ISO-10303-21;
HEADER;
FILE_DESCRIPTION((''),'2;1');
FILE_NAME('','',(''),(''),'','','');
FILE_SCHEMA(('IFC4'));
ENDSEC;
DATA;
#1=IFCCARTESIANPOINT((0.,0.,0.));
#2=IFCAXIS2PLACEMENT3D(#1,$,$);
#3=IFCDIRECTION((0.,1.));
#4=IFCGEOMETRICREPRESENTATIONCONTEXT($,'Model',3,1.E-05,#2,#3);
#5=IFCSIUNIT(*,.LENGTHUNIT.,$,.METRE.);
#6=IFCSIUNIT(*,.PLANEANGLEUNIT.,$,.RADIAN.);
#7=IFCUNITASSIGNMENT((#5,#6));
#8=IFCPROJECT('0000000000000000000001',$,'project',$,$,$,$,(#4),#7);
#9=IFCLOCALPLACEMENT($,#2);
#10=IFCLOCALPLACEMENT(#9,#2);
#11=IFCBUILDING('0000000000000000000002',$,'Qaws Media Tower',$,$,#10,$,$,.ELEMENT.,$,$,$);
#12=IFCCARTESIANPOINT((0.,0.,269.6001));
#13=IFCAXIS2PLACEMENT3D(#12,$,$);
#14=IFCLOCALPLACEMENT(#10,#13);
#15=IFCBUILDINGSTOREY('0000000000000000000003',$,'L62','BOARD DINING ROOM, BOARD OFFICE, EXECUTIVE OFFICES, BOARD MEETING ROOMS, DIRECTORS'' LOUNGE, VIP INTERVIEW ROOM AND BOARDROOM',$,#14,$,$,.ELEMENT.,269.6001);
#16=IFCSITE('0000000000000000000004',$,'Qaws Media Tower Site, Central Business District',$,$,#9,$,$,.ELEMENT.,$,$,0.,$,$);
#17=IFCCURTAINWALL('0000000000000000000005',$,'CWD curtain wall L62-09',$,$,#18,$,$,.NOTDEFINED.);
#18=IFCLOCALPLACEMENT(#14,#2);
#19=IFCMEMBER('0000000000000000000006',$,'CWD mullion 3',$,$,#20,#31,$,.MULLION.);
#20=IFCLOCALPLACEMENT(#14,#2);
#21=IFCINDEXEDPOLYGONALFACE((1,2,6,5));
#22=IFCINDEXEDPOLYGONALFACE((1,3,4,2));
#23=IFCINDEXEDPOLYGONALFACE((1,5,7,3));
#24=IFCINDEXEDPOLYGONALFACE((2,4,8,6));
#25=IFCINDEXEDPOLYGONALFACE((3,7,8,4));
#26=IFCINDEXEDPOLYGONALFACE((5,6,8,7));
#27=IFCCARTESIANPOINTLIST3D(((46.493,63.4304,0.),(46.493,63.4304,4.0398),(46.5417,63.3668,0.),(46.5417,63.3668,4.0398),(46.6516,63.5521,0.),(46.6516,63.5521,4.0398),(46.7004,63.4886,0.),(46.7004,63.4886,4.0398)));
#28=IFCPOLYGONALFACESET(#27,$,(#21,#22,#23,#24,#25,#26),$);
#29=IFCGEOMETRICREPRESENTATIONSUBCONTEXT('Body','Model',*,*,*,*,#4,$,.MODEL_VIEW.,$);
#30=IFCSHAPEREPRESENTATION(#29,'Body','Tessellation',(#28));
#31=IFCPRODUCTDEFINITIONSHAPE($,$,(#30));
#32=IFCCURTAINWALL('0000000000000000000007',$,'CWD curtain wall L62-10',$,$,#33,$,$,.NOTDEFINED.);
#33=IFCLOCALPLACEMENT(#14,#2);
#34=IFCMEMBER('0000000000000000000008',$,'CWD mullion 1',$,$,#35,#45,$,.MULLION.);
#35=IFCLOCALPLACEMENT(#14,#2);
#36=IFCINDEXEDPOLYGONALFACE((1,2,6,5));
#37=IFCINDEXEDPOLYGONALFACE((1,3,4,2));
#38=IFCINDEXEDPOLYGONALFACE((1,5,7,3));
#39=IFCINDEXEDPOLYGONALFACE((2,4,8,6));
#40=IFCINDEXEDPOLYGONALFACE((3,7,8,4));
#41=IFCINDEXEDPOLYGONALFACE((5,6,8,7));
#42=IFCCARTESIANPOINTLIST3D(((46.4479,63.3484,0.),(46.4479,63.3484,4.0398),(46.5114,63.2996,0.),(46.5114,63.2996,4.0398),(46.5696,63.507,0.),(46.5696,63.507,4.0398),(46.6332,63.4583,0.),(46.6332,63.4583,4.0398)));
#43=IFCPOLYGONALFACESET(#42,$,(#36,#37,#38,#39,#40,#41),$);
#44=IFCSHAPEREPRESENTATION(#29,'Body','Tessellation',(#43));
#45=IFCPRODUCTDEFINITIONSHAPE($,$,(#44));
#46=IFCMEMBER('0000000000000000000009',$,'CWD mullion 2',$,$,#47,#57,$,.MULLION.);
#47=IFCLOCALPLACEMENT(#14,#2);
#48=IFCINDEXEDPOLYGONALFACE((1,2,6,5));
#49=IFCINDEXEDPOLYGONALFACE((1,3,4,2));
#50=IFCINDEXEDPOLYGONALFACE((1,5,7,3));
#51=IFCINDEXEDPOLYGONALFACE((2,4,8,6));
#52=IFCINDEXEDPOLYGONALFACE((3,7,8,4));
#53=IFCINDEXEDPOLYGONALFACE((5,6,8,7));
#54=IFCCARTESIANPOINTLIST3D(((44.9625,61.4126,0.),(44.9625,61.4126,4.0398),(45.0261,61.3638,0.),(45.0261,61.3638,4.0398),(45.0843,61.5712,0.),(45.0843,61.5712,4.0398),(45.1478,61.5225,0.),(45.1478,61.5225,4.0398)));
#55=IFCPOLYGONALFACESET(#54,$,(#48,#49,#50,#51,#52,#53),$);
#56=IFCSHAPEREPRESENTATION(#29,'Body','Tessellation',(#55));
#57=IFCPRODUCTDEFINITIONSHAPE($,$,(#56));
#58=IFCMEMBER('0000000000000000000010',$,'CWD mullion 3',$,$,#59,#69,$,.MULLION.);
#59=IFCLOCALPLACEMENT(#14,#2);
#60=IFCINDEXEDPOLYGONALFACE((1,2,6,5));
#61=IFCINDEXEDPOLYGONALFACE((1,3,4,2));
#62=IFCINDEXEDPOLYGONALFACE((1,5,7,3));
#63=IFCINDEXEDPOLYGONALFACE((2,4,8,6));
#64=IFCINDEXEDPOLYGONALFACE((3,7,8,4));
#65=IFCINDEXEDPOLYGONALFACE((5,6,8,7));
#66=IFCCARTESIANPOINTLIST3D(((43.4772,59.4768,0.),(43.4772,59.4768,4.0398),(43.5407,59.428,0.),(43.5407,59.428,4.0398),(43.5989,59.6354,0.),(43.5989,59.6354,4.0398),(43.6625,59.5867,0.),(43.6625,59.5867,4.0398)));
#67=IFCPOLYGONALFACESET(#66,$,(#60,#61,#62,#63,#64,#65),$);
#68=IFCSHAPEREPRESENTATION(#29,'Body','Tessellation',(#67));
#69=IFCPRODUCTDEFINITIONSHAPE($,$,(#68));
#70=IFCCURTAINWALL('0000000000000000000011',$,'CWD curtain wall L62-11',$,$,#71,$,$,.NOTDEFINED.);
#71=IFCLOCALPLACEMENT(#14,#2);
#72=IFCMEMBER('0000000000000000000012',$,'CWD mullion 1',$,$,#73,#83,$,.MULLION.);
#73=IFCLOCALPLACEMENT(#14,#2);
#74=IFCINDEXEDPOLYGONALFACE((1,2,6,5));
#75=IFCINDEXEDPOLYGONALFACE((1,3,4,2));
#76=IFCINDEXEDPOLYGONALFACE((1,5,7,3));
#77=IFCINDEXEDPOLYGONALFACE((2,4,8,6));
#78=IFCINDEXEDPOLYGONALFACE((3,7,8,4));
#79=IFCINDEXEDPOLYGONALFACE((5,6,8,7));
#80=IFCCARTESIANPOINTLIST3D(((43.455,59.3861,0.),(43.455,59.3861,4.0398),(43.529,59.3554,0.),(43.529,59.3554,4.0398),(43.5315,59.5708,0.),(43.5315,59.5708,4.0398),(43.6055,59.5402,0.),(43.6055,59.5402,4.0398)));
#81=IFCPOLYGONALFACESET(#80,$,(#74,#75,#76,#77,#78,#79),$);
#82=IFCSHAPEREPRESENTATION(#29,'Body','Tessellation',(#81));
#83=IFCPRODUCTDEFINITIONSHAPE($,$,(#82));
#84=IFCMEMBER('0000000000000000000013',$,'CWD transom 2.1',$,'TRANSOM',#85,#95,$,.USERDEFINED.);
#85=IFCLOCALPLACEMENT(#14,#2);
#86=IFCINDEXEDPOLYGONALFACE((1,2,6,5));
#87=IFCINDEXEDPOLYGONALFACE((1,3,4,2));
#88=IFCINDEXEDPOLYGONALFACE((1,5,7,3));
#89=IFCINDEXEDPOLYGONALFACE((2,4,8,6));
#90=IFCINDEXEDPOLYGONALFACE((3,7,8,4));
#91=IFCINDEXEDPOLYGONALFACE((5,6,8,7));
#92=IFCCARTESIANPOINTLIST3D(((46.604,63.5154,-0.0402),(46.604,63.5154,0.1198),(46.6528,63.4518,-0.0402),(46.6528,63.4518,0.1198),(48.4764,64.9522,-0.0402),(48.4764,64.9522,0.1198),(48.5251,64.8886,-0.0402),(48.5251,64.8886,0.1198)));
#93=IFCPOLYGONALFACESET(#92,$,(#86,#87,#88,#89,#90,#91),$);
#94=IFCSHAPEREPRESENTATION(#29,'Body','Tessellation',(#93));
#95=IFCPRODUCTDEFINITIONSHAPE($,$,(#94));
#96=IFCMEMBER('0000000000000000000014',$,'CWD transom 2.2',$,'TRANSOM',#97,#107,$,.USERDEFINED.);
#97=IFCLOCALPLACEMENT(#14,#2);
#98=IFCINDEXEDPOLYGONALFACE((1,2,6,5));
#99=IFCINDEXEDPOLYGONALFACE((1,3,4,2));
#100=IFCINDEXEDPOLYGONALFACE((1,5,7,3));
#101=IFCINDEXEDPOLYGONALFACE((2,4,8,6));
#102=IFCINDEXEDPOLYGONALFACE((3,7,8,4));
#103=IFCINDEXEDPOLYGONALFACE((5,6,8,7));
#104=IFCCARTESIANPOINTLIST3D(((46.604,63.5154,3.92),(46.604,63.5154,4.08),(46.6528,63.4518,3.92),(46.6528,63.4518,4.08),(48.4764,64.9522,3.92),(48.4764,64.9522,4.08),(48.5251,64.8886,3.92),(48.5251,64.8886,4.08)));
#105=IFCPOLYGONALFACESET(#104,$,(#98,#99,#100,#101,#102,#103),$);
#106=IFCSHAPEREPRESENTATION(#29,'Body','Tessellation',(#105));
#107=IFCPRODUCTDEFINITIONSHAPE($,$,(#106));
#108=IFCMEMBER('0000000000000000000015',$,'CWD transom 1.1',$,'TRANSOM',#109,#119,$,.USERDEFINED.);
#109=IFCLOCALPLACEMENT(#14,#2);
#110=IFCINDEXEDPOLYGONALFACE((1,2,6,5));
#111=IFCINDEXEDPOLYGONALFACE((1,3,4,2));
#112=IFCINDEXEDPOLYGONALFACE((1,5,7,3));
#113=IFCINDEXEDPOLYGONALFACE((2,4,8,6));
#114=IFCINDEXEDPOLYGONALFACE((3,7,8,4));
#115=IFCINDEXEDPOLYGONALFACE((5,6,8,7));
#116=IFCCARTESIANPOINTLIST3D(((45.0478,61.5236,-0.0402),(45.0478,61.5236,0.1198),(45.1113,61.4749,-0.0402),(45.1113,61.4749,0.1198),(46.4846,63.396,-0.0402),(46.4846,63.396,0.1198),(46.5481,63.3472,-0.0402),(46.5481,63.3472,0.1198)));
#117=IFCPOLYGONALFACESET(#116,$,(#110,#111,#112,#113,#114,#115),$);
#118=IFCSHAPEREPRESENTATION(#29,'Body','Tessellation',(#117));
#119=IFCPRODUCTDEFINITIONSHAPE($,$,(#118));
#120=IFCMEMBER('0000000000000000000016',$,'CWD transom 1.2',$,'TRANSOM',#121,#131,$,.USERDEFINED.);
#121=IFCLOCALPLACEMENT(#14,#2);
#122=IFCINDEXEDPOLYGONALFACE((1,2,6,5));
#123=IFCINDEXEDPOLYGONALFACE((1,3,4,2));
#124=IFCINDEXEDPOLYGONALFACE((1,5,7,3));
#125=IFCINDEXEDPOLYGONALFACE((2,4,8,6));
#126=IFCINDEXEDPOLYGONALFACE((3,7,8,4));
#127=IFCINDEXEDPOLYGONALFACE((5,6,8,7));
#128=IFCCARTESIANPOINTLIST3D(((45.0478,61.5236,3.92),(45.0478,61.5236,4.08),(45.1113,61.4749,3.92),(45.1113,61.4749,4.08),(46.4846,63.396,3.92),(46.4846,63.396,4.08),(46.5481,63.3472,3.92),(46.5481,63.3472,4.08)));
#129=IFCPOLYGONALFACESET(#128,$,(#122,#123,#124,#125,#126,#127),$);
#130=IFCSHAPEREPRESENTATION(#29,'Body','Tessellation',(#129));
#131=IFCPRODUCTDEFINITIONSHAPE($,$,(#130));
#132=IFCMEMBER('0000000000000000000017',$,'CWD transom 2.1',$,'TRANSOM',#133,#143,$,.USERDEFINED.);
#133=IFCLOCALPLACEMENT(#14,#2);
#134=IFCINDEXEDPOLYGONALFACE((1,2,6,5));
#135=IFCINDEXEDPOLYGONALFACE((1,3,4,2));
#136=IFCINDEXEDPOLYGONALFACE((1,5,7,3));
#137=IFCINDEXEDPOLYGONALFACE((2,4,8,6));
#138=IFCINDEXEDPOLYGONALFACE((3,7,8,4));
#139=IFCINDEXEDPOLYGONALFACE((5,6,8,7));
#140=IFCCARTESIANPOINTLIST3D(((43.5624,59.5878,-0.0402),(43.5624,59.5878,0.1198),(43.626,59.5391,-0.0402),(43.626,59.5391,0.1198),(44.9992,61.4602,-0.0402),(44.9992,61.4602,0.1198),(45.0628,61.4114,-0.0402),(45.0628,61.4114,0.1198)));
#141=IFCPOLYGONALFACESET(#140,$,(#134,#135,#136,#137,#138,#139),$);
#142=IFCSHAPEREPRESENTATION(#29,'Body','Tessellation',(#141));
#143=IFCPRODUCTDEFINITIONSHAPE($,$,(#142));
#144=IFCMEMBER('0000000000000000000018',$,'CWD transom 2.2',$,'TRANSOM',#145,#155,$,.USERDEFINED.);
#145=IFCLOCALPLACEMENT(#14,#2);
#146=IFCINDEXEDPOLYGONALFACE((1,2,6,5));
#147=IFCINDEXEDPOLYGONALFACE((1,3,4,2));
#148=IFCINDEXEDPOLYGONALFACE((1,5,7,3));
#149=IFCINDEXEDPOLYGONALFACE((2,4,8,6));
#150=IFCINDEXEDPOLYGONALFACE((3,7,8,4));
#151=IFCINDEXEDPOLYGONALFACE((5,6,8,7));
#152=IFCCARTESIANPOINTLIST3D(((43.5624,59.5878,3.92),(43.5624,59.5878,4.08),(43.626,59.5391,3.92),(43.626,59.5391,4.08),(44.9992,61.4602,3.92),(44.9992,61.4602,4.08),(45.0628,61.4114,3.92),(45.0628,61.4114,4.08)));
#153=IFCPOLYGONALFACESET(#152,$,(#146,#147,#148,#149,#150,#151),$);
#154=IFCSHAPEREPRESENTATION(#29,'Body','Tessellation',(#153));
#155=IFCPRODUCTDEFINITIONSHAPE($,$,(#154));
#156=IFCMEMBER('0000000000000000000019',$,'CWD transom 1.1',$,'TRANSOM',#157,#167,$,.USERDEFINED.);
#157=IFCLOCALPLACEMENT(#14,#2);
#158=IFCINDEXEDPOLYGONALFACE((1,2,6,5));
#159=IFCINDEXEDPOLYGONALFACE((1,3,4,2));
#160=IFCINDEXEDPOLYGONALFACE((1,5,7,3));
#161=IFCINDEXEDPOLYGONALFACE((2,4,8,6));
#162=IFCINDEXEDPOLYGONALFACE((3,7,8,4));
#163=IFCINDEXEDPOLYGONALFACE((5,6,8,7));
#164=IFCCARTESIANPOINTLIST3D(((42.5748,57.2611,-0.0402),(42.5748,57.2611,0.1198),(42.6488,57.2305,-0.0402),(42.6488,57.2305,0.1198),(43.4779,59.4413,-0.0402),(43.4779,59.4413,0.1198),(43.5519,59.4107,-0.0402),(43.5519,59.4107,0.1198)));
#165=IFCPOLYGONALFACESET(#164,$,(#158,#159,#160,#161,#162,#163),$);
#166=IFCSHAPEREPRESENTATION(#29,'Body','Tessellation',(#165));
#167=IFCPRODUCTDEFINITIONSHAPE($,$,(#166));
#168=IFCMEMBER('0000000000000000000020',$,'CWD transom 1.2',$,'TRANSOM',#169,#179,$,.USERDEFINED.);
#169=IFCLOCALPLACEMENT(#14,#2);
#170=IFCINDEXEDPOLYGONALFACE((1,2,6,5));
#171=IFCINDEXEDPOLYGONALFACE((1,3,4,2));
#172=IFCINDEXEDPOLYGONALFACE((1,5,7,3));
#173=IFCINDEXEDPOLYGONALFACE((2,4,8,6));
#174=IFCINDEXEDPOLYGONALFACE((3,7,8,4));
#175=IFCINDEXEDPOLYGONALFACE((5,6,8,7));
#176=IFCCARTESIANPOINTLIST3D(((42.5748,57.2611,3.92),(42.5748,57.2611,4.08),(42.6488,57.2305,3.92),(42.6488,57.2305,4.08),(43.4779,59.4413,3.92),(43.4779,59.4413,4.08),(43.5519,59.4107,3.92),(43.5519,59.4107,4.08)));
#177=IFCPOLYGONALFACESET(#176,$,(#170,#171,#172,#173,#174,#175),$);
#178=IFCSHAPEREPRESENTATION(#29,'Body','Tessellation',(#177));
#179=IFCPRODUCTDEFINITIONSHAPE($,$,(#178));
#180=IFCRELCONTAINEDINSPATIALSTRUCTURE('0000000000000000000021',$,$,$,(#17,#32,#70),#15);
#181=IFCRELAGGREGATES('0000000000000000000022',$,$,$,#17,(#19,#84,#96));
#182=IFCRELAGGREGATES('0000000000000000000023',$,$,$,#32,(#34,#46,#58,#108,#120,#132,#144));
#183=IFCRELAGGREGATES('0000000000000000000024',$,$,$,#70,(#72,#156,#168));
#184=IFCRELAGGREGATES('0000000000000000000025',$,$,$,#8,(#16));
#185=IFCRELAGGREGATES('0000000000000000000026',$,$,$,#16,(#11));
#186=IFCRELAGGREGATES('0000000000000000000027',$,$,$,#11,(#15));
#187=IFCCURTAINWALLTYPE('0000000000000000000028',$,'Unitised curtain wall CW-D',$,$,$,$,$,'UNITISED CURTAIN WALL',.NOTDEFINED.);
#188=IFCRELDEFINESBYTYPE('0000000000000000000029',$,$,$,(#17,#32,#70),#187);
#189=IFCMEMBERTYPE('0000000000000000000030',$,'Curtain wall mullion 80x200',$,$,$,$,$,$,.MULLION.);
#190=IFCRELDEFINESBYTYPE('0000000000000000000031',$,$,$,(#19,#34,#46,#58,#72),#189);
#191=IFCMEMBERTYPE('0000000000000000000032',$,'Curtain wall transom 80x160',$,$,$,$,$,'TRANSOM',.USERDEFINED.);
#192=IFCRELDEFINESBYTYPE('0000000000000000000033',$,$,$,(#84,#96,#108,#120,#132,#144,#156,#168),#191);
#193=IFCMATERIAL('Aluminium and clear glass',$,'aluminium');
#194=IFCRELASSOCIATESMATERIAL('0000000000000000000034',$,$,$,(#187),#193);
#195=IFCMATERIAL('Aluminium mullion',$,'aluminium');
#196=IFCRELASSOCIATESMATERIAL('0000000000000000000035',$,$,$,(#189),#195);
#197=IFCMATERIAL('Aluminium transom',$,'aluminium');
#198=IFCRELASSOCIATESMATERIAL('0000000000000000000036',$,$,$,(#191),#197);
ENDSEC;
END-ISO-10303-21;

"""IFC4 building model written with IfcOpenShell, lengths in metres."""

from ifc_helpers import new_model, si_unit, direction, frame, origin, origin_2d, place, context, subcontext, project, spatial, rectangle, extrude, material, material_profile, profile_set, type_object, element, aggregate, save


model = new_model("IFC4")

# Units and contexts
model_context = context("Model", 3, precision=1e-05, world=origin(), true_north=direction((0.0, 1.0)))
body_context = subcontext(model_context, "Body", "Model", "MODEL_VIEW")
ifc_project = project(units=[si_unit("LENGTHUNIT", "METRE"), si_unit("PLANEANGLEUNIT", "RADIAN")], contexts=[model_context])

# Site, building, storey
site_placement = place(None, origin())
site = spatial("IfcSite", under=ifc_project, at=site_placement, Name="Qaws Media Tower Site, Central Business District", CompositionType="ELEMENT", RefElevation=0.0)
building_placement = place(site_placement, origin())
building = spatial("IfcBuilding", under=site, at=building_placement, Name="Qaws Media Tower", CompositionType="ELEMENT")
storey_placement = place(building_placement, frame((0.0, 0.0, 269.6001)))
storey = spatial("IfcBuildingStorey", under=building, at=storey_placement, Name="L62", Description="BOARD DINING ROOM, BOARD OFFICE, EXECUTIVE OFFICES, BOARD MEETING ROOMS, DIRECTORS' LOUNGE, VIP INTERVIEW ROOM AND BOARDROOM", CompositionType="ELEMENT", Elevation=269.6001)

# Curtain wall, member
ifc_material_1 = material(Name="Aluminium and clear glass", Category="aluminium")
curtain_wall_type = type_object("IfcCurtainWallType", Name="Unitised curtain wall CW-D", ElementType="UNITISED CURTAIN WALL", PredefinedType="NOTDEFINED", material=ifc_material_1)
curtain_wall_1_placement = place(storey_placement, origin())
curtain_wall_1 = element("IfcCurtainWall", 1, at=curtain_wall_1_placement, inside=storey, type_object=curtain_wall_type, Name="CWD curtain wall L62-09", PredefinedType="NOTDEFINED")
ifc_material_2 = material(Name="Aluminium mullion", Category="aluminium")
ifc_material_profile_1 = material_profile(ifc_material_2, rectangle(XDim=0.0801, YDim=0.2, at=origin_2d()), Name="80x200")
ifc_profile_set_1 = profile_set([ifc_material_profile_1], Name="Aluminium mullion")
member_type_1 = type_object("IfcMemberType", Name="Curtain wall mullion 80x200", PredefinedType="MULLION", material=ifc_profile_set_1)
member_1_placement = place(storey_placement, frame((46.5967, 63.4595, 0.0), z_axis=(0.0, 0.0, 1.0), x_axis=(0.608761, -0.793353, 0.0)))
member_1 = element("IfcMember", 2, at=member_1_placement, type_object=member_type_1, Name="CWD mullion 3", PredefinedType="MULLION", context=body_context, shape_type="SweptSolid", body=[
    extrude(rectangle(XDim=0.0801, YDim=0.2, at=origin_2d()), origin(), (0.0, 0.0, 1.0), 4.0398),
])

# Curtain wall, members
curtain_wall_2_placement = place(storey_placement, origin())
curtain_wall_2 = element("IfcCurtainWall", 3, at=curtain_wall_2_placement, inside=storey, type_object=curtain_wall_type, Name="CWD curtain wall L62-10", PredefinedType="NOTDEFINED")
member_2_placement = place(storey_placement, frame((46.5405, 63.4033, 0.0), z_axis=(0.0, 0.0, 1.0), x_axis=(0.793353, -0.608761, 0.0)))
member_2 = element("IfcMember", 4, at=member_2_placement, type_object=member_type_1, Name="CWD mullion 1", PredefinedType="MULLION", context=body_context, shape_type="SweptSolid", body=[
    extrude(rectangle(XDim=0.0801, YDim=0.2, at=origin_2d()), origin(), (0.0, 0.0, 1.0), 4.0398),
])
member_3_placement = place(storey_placement, frame((45.0552, 61.4675, 0.0), z_axis=(0.0, 0.0, 1.0), x_axis=(0.793353, -0.608761, 0.0)))
member_3 = element("IfcMember", 5, at=member_3_placement, type_object=member_type_1, Name="CWD mullion 2", PredefinedType="MULLION", context=body_context, shape_type="SweptSolid", body=[
    extrude(rectangle(XDim=0.0801, YDim=0.2, at=origin_2d()), origin(), (0.0, 0.0, 1.0), 4.0398),
])
member_4_placement = place(storey_placement, frame((43.5698, 59.5317, 0.0), z_axis=(0.0, 0.0, 1.0), x_axis=(0.793353, -0.608761, 0.0)))
member_4 = element("IfcMember", 6, at=member_4_placement, type_object=member_type_1, Name="CWD mullion 3", PredefinedType="MULLION", context=body_context, shape_type="SweptSolid", body=[
    extrude(rectangle(XDim=0.0801, YDim=0.2, at=origin_2d()), origin(), (0.0, 0.0, 1.0), 4.0398),
])

# Curtain wall, member
curtain_wall_3_placement = place(storey_placement, origin())
curtain_wall_3 = element("IfcCurtainWall", 7, at=curtain_wall_3_placement, inside=storey, type_object=curtain_wall_type, Name="CWD curtain wall L62-11", PredefinedType="NOTDEFINED")
member_5_placement = place(storey_placement, frame((43.5303, 59.4631, 0.0), z_axis=(0.0, 0.0, 1.0), x_axis=(0.92388, -0.382683, 0.0)))
member_5 = element("IfcMember", 8, at=member_5_placement, type_object=member_type_1, Name="CWD mullion 1", PredefinedType="MULLION", context=body_context, shape_type="SweptSolid", body=[
    extrude(rectangle(XDim=0.0801, YDim=0.2, at=origin_2d()), origin(), (0.0, 0.0, 1.0), 4.0398),
])

# Members
ifc_material_3 = material(Name="Aluminium transom", Category="aluminium")
ifc_material_profile_2 = material_profile(ifc_material_3, rectangle(XDim=0.0801, YDim=0.1599, at=origin_2d()), Name="80x160")
ifc_profile_set_2 = profile_set([ifc_material_profile_2], Name="Aluminium transom")
member_type_2 = type_object("IfcMemberType", Name="Curtain wall transom 80x160", ElementType="TRANSOM", PredefinedType="USERDEFINED", material=ifc_profile_set_2)
member_6_placement = place(storey_placement, frame((48.5007, 64.9204, 0.0398), z_axis=(-0.793335, -0.608785, 0.0), x_axis=(0.608785, -0.793335, 0.0)))
member_6 = element("IfcMember", 9, at=member_6_placement, type_object=member_type_2, Name="CWD transom 2.1", ObjectType="TRANSOM", PredefinedType="USERDEFINED", context=body_context, shape_type="SweptSolid", body=[
    extrude(rectangle(XDim=0.0801, YDim=0.1599, at=origin_2d()), origin(), (0.0, 0.0, 1.0), 2.3601),
])
member_7_placement = place(storey_placement, frame((48.5007, 64.9204, 4.0), z_axis=(-0.793335, -0.608785, 0.0), x_axis=(0.608785, -0.793335, 0.0)))
member_7 = element("IfcMember", 10, at=member_7_placement, type_object=member_type_2, Name="CWD transom 2.2", ObjectType="TRANSOM", PredefinedType="USERDEFINED", context=body_context, shape_type="SweptSolid", body=[
    extrude(rectangle(XDim=0.0801, YDim=0.1599, at=origin_2d()), origin(), (0.0, 0.0, 1.0), 2.3601),
])
member_8_placement = place(storey_placement, frame((46.5164, 63.3716, 0.0398), z_axis=(-0.608785, -0.793335, 0.0), x_axis=(0.793335, -0.608785, 0.0)))
member_8 = element("IfcMember", 11, at=member_8_placement, type_object=member_type_2, Name="CWD transom 1.1", ObjectType="TRANSOM", PredefinedType="USERDEFINED", context=body_context, shape_type="SweptSolid", body=[
    extrude(rectangle(XDim=0.0801, YDim=0.1599, at=origin_2d()), origin(), (0.0, 0.0, 1.0), 2.3601),
])
member_9_placement = place(storey_placement, frame((46.5164, 63.3716, 4.0), z_axis=(-0.608785, -0.793335, 0.0), x_axis=(0.793335, -0.608785, 0.0)))
member_9 = element("IfcMember", 12, at=member_9_placement, type_object=member_type_2, Name="CWD transom 1.2", ObjectType="TRANSOM", PredefinedType="USERDEFINED", context=body_context, shape_type="SweptSolid", body=[
    extrude(rectangle(XDim=0.0801, YDim=0.1599, at=origin_2d()), origin(), (0.0, 0.0, 1.0), 2.3601),
])
member_10_placement = place(storey_placement, frame((45.031, 61.4358, 0.0398), z_axis=(-0.608785, -0.793335, 0.0), x_axis=(0.793335, -0.608785, 0.0)))
member_10 = element("IfcMember", 13, at=member_10_placement, type_object=member_type_2, Name="CWD transom 2.1", ObjectType="TRANSOM", PredefinedType="USERDEFINED", context=body_context, shape_type="SweptSolid", body=[
    extrude(rectangle(XDim=0.0801, YDim=0.1599, at=origin_2d()), origin(), (0.0, 0.0, 1.0), 2.3601),
])
member_11_placement = place(storey_placement, frame((45.031, 61.4358, 4.0), z_axis=(-0.608785, -0.793335, 0.0), x_axis=(0.793335, -0.608785, 0.0)))
member_11 = element("IfcMember", 14, at=member_11_placement, type_object=member_type_2, Name="CWD transom 2.2", ObjectType="TRANSOM", PredefinedType="USERDEFINED", context=body_context, shape_type="SweptSolid", body=[
    extrude(rectangle(XDim=0.0801, YDim=0.1599, at=origin_2d()), origin(), (0.0, 0.0, 1.0), 2.3601),
])
member_12_placement = place(storey_placement, frame((43.5149, 59.426, 0.0398), z_axis=(-0.38269, -0.923877, 0.0), x_axis=(0.923877, -0.38269, 0.0)))
member_12 = element("IfcMember", 15, at=member_12_placement, type_object=member_type_2, Name="CWD transom 1.1", ObjectType="TRANSOM", PredefinedType="USERDEFINED", context=body_context, shape_type="SweptSolid", body=[
    extrude(rectangle(XDim=0.0801, YDim=0.1599, at=origin_2d()), origin(), (0.0, 0.0, 1.0), 2.3599),
])
member_13_placement = place(storey_placement, frame((43.5149, 59.426, 4.0), z_axis=(-0.38269, -0.923877, 0.0), x_axis=(0.923877, -0.38269, 0.0)))
member_13 = element("IfcMember", 16, at=member_13_placement, type_object=member_type_2, Name="CWD transom 1.2", ObjectType="TRANSOM", PredefinedType="USERDEFINED", context=body_context, shape_type="SweptSolid", body=[
    extrude(rectangle(XDim=0.0801, YDim=0.1599, at=origin_2d()), origin(), (0.0, 0.0, 1.0), 2.3599),
])

aggregate(curtain_wall_1, [member_1, member_6, member_7])
aggregate(curtain_wall_2, [member_2, member_3, member_4, member_8, member_9, member_10, member_11])
aggregate(curtain_wall_3, [member_5, member_12, member_13])

save(model, "model.ifc")
